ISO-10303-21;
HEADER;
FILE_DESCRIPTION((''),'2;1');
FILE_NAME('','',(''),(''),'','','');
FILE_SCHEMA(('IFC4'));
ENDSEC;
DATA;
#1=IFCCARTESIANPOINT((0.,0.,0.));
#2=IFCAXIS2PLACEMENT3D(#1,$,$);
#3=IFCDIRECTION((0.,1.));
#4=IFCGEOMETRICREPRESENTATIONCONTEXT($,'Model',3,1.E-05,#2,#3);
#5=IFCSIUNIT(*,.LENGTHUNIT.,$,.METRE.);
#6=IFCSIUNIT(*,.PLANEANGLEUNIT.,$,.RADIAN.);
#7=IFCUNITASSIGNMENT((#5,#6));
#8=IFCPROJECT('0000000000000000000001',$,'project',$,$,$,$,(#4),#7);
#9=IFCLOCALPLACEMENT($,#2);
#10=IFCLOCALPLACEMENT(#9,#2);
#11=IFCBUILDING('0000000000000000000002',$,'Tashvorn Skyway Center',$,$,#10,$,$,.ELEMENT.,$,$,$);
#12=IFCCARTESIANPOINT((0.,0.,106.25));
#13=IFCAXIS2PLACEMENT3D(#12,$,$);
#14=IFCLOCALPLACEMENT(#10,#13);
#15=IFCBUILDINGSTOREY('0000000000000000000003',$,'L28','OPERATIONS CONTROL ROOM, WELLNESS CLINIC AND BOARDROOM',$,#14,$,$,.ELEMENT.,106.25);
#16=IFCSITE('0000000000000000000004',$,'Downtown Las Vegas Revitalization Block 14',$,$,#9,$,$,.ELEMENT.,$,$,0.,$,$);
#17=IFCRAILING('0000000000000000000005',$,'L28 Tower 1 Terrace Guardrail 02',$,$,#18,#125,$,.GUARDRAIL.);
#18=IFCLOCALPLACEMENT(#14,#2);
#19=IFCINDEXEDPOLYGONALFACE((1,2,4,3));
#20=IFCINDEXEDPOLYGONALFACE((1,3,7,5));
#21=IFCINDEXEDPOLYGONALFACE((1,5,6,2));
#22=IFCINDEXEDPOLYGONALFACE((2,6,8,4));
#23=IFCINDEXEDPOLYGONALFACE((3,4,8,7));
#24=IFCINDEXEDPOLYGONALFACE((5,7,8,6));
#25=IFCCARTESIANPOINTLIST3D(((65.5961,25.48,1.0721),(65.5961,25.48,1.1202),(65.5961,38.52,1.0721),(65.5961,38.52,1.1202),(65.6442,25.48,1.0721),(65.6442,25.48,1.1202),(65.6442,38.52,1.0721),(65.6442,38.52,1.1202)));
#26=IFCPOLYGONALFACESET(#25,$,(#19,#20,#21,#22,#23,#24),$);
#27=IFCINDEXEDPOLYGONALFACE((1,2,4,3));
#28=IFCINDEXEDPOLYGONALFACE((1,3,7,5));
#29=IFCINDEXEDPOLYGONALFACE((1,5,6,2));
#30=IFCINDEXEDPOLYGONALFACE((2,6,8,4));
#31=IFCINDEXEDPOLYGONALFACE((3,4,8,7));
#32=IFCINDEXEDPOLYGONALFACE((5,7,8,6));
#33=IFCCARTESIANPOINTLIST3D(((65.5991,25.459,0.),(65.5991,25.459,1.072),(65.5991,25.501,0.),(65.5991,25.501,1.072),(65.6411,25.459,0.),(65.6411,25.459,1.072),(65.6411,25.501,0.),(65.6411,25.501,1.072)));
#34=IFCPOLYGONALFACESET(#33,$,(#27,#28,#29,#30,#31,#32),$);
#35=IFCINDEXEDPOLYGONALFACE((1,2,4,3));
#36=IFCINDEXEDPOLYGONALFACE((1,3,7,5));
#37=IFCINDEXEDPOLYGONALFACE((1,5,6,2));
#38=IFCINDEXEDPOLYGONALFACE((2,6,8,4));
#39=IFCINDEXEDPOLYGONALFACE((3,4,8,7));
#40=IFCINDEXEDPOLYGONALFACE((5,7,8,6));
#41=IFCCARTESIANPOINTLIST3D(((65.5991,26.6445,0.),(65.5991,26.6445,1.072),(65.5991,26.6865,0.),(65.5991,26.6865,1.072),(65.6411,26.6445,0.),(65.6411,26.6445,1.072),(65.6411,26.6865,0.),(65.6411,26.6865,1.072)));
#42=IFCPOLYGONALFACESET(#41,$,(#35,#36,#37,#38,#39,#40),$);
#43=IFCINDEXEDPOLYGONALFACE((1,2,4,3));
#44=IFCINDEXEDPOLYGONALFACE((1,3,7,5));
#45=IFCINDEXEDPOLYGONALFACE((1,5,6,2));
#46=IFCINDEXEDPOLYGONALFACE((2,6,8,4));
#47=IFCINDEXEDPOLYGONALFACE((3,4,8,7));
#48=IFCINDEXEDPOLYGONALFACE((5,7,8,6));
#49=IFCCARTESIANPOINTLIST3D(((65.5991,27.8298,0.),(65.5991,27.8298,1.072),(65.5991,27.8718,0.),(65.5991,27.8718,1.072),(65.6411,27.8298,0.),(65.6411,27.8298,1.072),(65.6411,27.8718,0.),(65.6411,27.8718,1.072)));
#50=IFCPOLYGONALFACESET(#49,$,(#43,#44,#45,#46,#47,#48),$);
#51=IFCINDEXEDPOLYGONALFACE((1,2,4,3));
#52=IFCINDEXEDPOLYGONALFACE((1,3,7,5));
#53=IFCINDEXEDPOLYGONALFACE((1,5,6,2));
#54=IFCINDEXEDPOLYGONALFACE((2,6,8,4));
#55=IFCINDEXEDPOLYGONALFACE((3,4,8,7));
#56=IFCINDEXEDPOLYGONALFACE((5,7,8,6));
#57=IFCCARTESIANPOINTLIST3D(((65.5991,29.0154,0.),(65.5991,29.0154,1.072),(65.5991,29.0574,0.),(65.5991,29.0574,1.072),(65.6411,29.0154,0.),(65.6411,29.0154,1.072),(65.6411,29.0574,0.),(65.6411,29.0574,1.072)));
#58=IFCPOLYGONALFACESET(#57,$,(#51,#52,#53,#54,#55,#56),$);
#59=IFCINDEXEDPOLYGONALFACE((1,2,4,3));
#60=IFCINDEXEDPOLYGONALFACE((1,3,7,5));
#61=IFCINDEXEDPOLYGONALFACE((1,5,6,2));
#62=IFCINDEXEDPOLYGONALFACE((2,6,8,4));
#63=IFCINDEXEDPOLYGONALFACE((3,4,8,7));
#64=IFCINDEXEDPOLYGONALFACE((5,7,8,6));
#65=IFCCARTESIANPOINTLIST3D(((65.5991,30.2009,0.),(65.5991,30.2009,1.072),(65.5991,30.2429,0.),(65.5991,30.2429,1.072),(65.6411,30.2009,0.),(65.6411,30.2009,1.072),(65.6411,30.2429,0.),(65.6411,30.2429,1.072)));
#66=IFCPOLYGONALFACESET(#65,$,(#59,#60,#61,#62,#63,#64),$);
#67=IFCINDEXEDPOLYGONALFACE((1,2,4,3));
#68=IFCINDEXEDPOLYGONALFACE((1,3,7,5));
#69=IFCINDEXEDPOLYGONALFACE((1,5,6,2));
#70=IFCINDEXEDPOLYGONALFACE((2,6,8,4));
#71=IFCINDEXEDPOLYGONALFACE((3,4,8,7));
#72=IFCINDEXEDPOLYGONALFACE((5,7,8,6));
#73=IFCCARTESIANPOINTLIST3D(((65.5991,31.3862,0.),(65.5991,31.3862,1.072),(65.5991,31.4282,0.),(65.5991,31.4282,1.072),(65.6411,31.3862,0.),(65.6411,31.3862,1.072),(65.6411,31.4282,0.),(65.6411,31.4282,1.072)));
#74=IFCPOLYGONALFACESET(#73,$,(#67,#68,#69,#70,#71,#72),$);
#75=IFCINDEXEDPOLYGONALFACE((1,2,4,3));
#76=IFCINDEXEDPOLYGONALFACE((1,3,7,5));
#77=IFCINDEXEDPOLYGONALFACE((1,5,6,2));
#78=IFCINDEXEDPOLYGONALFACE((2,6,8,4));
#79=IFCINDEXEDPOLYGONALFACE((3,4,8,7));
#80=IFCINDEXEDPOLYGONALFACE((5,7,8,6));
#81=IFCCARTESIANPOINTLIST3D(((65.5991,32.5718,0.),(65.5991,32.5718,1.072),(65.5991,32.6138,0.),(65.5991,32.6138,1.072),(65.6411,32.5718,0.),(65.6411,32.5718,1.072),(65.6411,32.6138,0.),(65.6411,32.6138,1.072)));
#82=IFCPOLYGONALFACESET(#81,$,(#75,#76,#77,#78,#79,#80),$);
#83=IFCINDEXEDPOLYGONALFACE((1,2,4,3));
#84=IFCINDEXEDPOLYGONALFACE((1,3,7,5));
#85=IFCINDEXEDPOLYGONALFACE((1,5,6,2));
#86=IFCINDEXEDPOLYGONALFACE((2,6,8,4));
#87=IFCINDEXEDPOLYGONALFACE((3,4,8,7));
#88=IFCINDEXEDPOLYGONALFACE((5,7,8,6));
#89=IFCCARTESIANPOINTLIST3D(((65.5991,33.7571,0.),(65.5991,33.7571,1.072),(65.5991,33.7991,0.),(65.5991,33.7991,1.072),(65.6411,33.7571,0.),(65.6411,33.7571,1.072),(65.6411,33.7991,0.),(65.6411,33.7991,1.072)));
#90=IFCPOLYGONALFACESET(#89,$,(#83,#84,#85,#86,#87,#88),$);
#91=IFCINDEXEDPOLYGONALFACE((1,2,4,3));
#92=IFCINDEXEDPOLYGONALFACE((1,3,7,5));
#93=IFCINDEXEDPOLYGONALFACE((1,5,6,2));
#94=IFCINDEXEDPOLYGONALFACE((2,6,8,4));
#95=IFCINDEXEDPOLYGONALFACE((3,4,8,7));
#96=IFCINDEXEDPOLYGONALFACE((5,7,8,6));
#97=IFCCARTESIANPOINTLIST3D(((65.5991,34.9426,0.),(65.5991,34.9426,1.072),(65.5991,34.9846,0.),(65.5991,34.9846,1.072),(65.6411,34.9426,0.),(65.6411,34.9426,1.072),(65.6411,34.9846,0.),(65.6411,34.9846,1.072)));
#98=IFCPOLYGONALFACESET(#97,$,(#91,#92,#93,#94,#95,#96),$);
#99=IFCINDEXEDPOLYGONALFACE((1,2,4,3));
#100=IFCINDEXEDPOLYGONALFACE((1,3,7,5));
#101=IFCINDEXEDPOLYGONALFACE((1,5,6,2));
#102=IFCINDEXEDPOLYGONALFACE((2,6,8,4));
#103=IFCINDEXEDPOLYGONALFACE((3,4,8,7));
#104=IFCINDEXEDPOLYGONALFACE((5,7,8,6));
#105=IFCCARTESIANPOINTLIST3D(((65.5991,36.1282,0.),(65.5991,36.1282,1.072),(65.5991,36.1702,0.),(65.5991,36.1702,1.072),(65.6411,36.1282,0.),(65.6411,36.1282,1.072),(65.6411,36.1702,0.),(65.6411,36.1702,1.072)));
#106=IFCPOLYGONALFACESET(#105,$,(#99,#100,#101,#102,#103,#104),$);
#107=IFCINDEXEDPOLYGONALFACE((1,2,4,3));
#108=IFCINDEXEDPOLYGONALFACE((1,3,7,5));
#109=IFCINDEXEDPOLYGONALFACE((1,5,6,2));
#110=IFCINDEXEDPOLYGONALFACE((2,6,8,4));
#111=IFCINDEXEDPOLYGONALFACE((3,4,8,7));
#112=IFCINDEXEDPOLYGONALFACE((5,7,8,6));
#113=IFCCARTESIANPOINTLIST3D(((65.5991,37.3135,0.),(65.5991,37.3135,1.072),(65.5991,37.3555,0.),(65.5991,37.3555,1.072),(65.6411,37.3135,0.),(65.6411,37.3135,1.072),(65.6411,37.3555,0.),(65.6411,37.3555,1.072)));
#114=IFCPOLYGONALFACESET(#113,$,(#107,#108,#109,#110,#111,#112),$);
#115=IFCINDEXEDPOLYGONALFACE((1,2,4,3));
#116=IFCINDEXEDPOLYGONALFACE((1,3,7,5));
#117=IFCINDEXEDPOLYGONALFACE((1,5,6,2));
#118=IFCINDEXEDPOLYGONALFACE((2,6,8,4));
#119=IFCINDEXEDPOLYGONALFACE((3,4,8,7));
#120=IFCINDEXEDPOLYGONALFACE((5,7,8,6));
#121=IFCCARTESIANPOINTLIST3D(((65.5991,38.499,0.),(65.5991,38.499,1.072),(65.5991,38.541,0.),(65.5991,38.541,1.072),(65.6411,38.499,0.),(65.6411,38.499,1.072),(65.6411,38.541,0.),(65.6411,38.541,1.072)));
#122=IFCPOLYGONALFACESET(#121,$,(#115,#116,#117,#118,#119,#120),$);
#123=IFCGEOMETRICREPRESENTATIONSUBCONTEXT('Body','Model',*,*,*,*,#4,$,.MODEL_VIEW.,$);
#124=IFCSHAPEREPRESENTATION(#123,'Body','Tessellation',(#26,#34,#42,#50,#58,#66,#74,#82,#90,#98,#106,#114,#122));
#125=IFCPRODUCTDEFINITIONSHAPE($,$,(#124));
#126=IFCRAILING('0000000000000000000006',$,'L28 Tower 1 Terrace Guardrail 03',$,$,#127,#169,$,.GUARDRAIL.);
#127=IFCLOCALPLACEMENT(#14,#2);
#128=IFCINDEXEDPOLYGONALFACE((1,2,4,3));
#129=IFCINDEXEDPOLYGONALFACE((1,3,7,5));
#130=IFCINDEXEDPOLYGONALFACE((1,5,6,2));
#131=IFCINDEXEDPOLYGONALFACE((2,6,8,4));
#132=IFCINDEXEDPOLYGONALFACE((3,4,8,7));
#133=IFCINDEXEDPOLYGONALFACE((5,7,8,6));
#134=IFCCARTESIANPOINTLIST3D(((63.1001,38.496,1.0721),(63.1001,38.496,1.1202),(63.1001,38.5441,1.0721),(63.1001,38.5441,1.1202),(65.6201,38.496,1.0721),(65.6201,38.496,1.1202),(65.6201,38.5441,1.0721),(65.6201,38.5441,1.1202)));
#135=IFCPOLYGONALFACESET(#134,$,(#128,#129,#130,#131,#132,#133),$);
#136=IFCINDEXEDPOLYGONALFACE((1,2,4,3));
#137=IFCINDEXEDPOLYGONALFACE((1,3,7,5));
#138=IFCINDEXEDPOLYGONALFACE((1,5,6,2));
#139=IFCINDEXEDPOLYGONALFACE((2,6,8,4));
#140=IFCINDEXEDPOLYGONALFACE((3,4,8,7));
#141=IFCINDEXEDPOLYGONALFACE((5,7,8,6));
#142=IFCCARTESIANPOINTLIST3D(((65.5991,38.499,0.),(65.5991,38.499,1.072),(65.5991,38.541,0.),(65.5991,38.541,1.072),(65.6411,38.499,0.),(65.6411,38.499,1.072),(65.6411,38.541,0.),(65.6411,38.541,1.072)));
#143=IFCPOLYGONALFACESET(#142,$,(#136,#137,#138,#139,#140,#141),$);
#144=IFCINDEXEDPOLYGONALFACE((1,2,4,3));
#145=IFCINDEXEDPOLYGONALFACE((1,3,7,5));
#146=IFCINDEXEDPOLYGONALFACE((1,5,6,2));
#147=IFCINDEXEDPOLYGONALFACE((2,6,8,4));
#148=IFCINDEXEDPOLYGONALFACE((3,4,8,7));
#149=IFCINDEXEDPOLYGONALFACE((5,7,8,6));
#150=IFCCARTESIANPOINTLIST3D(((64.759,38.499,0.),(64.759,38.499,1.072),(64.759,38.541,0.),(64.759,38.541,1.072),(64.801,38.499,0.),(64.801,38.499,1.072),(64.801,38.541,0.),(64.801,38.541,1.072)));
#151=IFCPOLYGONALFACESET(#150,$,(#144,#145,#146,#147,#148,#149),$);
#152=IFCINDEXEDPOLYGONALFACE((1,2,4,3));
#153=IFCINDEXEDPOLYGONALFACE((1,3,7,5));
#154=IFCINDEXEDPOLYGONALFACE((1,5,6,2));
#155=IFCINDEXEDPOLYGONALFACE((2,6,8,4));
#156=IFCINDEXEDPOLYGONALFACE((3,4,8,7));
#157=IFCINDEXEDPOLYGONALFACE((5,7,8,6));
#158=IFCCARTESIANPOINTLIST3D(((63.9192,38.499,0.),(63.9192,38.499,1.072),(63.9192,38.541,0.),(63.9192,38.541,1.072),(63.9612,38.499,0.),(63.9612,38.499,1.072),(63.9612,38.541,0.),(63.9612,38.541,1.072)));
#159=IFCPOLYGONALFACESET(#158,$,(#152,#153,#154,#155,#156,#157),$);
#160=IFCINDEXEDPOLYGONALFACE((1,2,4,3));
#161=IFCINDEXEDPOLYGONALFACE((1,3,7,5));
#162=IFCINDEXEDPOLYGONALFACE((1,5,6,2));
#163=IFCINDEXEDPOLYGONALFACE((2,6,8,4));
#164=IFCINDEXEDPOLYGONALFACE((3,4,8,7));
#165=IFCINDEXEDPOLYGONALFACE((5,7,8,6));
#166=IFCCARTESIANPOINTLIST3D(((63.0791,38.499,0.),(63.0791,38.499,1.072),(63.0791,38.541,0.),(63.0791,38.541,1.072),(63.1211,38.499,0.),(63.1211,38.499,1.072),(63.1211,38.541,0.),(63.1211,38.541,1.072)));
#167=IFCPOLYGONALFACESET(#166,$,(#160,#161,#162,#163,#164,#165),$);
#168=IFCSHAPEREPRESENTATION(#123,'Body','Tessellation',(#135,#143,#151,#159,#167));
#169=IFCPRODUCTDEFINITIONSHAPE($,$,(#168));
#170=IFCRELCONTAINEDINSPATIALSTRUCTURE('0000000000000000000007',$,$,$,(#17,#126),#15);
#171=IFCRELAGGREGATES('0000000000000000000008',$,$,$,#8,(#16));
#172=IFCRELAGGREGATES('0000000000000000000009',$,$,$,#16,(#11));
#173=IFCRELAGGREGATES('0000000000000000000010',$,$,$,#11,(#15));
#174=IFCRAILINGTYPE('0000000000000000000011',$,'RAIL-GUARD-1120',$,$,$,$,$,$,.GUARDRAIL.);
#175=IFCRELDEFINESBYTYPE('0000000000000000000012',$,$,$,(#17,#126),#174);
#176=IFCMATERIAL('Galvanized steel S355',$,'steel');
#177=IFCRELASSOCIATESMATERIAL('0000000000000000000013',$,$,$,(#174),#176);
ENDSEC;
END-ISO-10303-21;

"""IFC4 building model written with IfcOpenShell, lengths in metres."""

from ifc_helpers import new_model, si_unit, direction, frame, origin, origin_2d, place, context, subcontext, project, spatial, rectangle, extrude, material, type_object, element, save


model = new_model("IFC4")

# Units and contexts
model_context = context("Model", 3, precision=1e-05, world=origin(), true_north=direction((0.0, 1.0)))
body_context = subcontext(model_context, "Body", "Model", "MODEL_VIEW")
ifc_project = project(units=[si_unit("LENGTHUNIT", "METRE"), si_unit("PLANEANGLEUNIT", "RADIAN")], contexts=[model_context])

# Site, building, storey
site_placement = place(None, origin())
site = spatial("IfcSite", under=ifc_project, at=site_placement, Name="Downtown Las Vegas Revitalization Block 14", CompositionType="ELEMENT", RefElevation=0.0)
building_placement = place(site_placement, origin())
building = spatial("IfcBuilding", under=site, at=building_placement, Name="Tashvorn Skyway Center", CompositionType="ELEMENT")
storey_placement = place(building_placement, frame((0.0, 0.0, 106.25)))
storey = spatial("IfcBuildingStorey", under=building, at=storey_placement, Name="L28", Description="OPERATIONS CONTROL ROOM, WELLNESS CLINIC AND BOARDROOM", CompositionType="ELEMENT", Elevation=106.25)

# Railings
ifc_material_1 = material(Name="Galvanized steel S355", Category="steel")
railing_type = type_object("IfcRailingType", Name="RAIL-GUARD-1120", PredefinedType="GUARDRAIL", material=ifc_material_1)
railing_1_placement = place(storey_placement, frame((65.6201, 25.48, 0.0)))
element("IfcRailing", 1, at=railing_1_placement, inside=storey, type_object=railing_type, Name="L28 Tower 1 Terrace Guardrail 02", PredefinedType="GUARDRAIL", context=body_context, shape_type="SweptSolid", body=[
    extrude(rectangle(XDim=0.0481, YDim=0.0481, at=origin_2d()), frame((0.0, 0.0, 1.0962), z_axis=(0.0, 1.0, 0.0), x_axis=(-1.0, 0.0, 0.0)), (0.0, 0.0, 1.0), 13.04),
    extrude(rectangle(XDim=0.042, YDim=0.042, at=origin_2d()), origin(), (0.0, 0.0, 1.0), 1.072),
    extrude(rectangle(XDim=0.042, YDim=0.042, at=origin_2d()), frame((0.0, 1.1855, 0.0)), (0.0, 0.0, 1.0), 1.072),
    extrude(rectangle(XDim=0.042, YDim=0.042, at=origin_2d()), frame((0.0, 2.3708, 0.0)), (0.0, 0.0, 1.0), 1.072),
    extrude(rectangle(XDim=0.042, YDim=0.042, at=origin_2d()), frame((0.0, 3.5564, 0.0)), (0.0, 0.0, 1.0), 1.072),
    extrude(rectangle(XDim=0.042, YDim=0.042, at=origin_2d()), frame((0.0, 4.7419, 0.0)), (0.0, 0.0, 1.0), 1.072),
    extrude(rectangle(XDim=0.042, YDim=0.042, at=origin_2d()), frame((0.0, 5.9272, 0.0)), (0.0, 0.0, 1.0), 1.072),
    extrude(rectangle(XDim=0.042, YDim=0.042, at=origin_2d()), frame((0.0, 7.1128, 0.0)), (0.0, 0.0, 1.0), 1.072),
    extrude(rectangle(XDim=0.042, YDim=0.042, at=origin_2d()), frame((0.0, 8.2981, 0.0)), (0.0, 0.0, 1.0), 1.072),
    extrude(rectangle(XDim=0.042, YDim=0.042, at=origin_2d()), frame((0.0, 9.4836, 0.0)), (0.0, 0.0, 1.0), 1.072),
    extrude(rectangle(XDim=0.042, YDim=0.042, at=origin_2d()), frame((0.0, 10.6692, 0.0)), (0.0, 0.0, 1.0), 1.072),
    extrude(rectangle(XDim=0.042, YDim=0.042, at=origin_2d()), frame((0.0, 11.8545, 0.0)), (0.0, 0.0, 1.0), 1.072),
    extrude(rectangle(XDim=0.042, YDim=0.042, at=origin_2d()), frame((0.0, 13.04, 0.0)), (0.0, 0.0, 1.0), 1.072),
])
railing_2_placement = place(storey_placement, frame((65.6201, 38.52, 0.0)))
element("IfcRailing", 2, at=railing_2_placement, inside=storey, type_object=railing_type, Name="L28 Tower 1 Terrace Guardrail 03", PredefinedType="GUARDRAIL", context=body_context, shape_type="SweptSolid", body=[
    extrude(rectangle(XDim=0.0481, YDim=0.0481, at=origin_2d()), frame((0.0, 0.0, 1.0962), z_axis=(-1.0, 0.0, 0.0), x_axis=(0.0, -1.0, 0.0)), (0.0, 0.0, 1.0), 2.52),
    extrude(rectangle(XDim=0.042, YDim=0.042, at=origin_2d()), origin(), (0.0, 0.0, 1.0), 1.072),
    extrude(rectangle(XDim=0.042, YDim=0.042, at=origin_2d()), frame((-0.8401, 0.0, 0.0)), (0.0, 0.0, 1.0), 1.072),
    extrude(rectangle(XDim=0.042, YDim=0.042, at=origin_2d()), frame((-1.6799, 0.0, 0.0)), (0.0, 0.0, 1.0), 1.072),
    extrude(rectangle(XDim=0.042, YDim=0.042, at=origin_2d()), frame((-2.52, 0.0, 0.0)), (0.0, 0.0, 1.0), 1.072),
])

save(model, "model.ifc")
